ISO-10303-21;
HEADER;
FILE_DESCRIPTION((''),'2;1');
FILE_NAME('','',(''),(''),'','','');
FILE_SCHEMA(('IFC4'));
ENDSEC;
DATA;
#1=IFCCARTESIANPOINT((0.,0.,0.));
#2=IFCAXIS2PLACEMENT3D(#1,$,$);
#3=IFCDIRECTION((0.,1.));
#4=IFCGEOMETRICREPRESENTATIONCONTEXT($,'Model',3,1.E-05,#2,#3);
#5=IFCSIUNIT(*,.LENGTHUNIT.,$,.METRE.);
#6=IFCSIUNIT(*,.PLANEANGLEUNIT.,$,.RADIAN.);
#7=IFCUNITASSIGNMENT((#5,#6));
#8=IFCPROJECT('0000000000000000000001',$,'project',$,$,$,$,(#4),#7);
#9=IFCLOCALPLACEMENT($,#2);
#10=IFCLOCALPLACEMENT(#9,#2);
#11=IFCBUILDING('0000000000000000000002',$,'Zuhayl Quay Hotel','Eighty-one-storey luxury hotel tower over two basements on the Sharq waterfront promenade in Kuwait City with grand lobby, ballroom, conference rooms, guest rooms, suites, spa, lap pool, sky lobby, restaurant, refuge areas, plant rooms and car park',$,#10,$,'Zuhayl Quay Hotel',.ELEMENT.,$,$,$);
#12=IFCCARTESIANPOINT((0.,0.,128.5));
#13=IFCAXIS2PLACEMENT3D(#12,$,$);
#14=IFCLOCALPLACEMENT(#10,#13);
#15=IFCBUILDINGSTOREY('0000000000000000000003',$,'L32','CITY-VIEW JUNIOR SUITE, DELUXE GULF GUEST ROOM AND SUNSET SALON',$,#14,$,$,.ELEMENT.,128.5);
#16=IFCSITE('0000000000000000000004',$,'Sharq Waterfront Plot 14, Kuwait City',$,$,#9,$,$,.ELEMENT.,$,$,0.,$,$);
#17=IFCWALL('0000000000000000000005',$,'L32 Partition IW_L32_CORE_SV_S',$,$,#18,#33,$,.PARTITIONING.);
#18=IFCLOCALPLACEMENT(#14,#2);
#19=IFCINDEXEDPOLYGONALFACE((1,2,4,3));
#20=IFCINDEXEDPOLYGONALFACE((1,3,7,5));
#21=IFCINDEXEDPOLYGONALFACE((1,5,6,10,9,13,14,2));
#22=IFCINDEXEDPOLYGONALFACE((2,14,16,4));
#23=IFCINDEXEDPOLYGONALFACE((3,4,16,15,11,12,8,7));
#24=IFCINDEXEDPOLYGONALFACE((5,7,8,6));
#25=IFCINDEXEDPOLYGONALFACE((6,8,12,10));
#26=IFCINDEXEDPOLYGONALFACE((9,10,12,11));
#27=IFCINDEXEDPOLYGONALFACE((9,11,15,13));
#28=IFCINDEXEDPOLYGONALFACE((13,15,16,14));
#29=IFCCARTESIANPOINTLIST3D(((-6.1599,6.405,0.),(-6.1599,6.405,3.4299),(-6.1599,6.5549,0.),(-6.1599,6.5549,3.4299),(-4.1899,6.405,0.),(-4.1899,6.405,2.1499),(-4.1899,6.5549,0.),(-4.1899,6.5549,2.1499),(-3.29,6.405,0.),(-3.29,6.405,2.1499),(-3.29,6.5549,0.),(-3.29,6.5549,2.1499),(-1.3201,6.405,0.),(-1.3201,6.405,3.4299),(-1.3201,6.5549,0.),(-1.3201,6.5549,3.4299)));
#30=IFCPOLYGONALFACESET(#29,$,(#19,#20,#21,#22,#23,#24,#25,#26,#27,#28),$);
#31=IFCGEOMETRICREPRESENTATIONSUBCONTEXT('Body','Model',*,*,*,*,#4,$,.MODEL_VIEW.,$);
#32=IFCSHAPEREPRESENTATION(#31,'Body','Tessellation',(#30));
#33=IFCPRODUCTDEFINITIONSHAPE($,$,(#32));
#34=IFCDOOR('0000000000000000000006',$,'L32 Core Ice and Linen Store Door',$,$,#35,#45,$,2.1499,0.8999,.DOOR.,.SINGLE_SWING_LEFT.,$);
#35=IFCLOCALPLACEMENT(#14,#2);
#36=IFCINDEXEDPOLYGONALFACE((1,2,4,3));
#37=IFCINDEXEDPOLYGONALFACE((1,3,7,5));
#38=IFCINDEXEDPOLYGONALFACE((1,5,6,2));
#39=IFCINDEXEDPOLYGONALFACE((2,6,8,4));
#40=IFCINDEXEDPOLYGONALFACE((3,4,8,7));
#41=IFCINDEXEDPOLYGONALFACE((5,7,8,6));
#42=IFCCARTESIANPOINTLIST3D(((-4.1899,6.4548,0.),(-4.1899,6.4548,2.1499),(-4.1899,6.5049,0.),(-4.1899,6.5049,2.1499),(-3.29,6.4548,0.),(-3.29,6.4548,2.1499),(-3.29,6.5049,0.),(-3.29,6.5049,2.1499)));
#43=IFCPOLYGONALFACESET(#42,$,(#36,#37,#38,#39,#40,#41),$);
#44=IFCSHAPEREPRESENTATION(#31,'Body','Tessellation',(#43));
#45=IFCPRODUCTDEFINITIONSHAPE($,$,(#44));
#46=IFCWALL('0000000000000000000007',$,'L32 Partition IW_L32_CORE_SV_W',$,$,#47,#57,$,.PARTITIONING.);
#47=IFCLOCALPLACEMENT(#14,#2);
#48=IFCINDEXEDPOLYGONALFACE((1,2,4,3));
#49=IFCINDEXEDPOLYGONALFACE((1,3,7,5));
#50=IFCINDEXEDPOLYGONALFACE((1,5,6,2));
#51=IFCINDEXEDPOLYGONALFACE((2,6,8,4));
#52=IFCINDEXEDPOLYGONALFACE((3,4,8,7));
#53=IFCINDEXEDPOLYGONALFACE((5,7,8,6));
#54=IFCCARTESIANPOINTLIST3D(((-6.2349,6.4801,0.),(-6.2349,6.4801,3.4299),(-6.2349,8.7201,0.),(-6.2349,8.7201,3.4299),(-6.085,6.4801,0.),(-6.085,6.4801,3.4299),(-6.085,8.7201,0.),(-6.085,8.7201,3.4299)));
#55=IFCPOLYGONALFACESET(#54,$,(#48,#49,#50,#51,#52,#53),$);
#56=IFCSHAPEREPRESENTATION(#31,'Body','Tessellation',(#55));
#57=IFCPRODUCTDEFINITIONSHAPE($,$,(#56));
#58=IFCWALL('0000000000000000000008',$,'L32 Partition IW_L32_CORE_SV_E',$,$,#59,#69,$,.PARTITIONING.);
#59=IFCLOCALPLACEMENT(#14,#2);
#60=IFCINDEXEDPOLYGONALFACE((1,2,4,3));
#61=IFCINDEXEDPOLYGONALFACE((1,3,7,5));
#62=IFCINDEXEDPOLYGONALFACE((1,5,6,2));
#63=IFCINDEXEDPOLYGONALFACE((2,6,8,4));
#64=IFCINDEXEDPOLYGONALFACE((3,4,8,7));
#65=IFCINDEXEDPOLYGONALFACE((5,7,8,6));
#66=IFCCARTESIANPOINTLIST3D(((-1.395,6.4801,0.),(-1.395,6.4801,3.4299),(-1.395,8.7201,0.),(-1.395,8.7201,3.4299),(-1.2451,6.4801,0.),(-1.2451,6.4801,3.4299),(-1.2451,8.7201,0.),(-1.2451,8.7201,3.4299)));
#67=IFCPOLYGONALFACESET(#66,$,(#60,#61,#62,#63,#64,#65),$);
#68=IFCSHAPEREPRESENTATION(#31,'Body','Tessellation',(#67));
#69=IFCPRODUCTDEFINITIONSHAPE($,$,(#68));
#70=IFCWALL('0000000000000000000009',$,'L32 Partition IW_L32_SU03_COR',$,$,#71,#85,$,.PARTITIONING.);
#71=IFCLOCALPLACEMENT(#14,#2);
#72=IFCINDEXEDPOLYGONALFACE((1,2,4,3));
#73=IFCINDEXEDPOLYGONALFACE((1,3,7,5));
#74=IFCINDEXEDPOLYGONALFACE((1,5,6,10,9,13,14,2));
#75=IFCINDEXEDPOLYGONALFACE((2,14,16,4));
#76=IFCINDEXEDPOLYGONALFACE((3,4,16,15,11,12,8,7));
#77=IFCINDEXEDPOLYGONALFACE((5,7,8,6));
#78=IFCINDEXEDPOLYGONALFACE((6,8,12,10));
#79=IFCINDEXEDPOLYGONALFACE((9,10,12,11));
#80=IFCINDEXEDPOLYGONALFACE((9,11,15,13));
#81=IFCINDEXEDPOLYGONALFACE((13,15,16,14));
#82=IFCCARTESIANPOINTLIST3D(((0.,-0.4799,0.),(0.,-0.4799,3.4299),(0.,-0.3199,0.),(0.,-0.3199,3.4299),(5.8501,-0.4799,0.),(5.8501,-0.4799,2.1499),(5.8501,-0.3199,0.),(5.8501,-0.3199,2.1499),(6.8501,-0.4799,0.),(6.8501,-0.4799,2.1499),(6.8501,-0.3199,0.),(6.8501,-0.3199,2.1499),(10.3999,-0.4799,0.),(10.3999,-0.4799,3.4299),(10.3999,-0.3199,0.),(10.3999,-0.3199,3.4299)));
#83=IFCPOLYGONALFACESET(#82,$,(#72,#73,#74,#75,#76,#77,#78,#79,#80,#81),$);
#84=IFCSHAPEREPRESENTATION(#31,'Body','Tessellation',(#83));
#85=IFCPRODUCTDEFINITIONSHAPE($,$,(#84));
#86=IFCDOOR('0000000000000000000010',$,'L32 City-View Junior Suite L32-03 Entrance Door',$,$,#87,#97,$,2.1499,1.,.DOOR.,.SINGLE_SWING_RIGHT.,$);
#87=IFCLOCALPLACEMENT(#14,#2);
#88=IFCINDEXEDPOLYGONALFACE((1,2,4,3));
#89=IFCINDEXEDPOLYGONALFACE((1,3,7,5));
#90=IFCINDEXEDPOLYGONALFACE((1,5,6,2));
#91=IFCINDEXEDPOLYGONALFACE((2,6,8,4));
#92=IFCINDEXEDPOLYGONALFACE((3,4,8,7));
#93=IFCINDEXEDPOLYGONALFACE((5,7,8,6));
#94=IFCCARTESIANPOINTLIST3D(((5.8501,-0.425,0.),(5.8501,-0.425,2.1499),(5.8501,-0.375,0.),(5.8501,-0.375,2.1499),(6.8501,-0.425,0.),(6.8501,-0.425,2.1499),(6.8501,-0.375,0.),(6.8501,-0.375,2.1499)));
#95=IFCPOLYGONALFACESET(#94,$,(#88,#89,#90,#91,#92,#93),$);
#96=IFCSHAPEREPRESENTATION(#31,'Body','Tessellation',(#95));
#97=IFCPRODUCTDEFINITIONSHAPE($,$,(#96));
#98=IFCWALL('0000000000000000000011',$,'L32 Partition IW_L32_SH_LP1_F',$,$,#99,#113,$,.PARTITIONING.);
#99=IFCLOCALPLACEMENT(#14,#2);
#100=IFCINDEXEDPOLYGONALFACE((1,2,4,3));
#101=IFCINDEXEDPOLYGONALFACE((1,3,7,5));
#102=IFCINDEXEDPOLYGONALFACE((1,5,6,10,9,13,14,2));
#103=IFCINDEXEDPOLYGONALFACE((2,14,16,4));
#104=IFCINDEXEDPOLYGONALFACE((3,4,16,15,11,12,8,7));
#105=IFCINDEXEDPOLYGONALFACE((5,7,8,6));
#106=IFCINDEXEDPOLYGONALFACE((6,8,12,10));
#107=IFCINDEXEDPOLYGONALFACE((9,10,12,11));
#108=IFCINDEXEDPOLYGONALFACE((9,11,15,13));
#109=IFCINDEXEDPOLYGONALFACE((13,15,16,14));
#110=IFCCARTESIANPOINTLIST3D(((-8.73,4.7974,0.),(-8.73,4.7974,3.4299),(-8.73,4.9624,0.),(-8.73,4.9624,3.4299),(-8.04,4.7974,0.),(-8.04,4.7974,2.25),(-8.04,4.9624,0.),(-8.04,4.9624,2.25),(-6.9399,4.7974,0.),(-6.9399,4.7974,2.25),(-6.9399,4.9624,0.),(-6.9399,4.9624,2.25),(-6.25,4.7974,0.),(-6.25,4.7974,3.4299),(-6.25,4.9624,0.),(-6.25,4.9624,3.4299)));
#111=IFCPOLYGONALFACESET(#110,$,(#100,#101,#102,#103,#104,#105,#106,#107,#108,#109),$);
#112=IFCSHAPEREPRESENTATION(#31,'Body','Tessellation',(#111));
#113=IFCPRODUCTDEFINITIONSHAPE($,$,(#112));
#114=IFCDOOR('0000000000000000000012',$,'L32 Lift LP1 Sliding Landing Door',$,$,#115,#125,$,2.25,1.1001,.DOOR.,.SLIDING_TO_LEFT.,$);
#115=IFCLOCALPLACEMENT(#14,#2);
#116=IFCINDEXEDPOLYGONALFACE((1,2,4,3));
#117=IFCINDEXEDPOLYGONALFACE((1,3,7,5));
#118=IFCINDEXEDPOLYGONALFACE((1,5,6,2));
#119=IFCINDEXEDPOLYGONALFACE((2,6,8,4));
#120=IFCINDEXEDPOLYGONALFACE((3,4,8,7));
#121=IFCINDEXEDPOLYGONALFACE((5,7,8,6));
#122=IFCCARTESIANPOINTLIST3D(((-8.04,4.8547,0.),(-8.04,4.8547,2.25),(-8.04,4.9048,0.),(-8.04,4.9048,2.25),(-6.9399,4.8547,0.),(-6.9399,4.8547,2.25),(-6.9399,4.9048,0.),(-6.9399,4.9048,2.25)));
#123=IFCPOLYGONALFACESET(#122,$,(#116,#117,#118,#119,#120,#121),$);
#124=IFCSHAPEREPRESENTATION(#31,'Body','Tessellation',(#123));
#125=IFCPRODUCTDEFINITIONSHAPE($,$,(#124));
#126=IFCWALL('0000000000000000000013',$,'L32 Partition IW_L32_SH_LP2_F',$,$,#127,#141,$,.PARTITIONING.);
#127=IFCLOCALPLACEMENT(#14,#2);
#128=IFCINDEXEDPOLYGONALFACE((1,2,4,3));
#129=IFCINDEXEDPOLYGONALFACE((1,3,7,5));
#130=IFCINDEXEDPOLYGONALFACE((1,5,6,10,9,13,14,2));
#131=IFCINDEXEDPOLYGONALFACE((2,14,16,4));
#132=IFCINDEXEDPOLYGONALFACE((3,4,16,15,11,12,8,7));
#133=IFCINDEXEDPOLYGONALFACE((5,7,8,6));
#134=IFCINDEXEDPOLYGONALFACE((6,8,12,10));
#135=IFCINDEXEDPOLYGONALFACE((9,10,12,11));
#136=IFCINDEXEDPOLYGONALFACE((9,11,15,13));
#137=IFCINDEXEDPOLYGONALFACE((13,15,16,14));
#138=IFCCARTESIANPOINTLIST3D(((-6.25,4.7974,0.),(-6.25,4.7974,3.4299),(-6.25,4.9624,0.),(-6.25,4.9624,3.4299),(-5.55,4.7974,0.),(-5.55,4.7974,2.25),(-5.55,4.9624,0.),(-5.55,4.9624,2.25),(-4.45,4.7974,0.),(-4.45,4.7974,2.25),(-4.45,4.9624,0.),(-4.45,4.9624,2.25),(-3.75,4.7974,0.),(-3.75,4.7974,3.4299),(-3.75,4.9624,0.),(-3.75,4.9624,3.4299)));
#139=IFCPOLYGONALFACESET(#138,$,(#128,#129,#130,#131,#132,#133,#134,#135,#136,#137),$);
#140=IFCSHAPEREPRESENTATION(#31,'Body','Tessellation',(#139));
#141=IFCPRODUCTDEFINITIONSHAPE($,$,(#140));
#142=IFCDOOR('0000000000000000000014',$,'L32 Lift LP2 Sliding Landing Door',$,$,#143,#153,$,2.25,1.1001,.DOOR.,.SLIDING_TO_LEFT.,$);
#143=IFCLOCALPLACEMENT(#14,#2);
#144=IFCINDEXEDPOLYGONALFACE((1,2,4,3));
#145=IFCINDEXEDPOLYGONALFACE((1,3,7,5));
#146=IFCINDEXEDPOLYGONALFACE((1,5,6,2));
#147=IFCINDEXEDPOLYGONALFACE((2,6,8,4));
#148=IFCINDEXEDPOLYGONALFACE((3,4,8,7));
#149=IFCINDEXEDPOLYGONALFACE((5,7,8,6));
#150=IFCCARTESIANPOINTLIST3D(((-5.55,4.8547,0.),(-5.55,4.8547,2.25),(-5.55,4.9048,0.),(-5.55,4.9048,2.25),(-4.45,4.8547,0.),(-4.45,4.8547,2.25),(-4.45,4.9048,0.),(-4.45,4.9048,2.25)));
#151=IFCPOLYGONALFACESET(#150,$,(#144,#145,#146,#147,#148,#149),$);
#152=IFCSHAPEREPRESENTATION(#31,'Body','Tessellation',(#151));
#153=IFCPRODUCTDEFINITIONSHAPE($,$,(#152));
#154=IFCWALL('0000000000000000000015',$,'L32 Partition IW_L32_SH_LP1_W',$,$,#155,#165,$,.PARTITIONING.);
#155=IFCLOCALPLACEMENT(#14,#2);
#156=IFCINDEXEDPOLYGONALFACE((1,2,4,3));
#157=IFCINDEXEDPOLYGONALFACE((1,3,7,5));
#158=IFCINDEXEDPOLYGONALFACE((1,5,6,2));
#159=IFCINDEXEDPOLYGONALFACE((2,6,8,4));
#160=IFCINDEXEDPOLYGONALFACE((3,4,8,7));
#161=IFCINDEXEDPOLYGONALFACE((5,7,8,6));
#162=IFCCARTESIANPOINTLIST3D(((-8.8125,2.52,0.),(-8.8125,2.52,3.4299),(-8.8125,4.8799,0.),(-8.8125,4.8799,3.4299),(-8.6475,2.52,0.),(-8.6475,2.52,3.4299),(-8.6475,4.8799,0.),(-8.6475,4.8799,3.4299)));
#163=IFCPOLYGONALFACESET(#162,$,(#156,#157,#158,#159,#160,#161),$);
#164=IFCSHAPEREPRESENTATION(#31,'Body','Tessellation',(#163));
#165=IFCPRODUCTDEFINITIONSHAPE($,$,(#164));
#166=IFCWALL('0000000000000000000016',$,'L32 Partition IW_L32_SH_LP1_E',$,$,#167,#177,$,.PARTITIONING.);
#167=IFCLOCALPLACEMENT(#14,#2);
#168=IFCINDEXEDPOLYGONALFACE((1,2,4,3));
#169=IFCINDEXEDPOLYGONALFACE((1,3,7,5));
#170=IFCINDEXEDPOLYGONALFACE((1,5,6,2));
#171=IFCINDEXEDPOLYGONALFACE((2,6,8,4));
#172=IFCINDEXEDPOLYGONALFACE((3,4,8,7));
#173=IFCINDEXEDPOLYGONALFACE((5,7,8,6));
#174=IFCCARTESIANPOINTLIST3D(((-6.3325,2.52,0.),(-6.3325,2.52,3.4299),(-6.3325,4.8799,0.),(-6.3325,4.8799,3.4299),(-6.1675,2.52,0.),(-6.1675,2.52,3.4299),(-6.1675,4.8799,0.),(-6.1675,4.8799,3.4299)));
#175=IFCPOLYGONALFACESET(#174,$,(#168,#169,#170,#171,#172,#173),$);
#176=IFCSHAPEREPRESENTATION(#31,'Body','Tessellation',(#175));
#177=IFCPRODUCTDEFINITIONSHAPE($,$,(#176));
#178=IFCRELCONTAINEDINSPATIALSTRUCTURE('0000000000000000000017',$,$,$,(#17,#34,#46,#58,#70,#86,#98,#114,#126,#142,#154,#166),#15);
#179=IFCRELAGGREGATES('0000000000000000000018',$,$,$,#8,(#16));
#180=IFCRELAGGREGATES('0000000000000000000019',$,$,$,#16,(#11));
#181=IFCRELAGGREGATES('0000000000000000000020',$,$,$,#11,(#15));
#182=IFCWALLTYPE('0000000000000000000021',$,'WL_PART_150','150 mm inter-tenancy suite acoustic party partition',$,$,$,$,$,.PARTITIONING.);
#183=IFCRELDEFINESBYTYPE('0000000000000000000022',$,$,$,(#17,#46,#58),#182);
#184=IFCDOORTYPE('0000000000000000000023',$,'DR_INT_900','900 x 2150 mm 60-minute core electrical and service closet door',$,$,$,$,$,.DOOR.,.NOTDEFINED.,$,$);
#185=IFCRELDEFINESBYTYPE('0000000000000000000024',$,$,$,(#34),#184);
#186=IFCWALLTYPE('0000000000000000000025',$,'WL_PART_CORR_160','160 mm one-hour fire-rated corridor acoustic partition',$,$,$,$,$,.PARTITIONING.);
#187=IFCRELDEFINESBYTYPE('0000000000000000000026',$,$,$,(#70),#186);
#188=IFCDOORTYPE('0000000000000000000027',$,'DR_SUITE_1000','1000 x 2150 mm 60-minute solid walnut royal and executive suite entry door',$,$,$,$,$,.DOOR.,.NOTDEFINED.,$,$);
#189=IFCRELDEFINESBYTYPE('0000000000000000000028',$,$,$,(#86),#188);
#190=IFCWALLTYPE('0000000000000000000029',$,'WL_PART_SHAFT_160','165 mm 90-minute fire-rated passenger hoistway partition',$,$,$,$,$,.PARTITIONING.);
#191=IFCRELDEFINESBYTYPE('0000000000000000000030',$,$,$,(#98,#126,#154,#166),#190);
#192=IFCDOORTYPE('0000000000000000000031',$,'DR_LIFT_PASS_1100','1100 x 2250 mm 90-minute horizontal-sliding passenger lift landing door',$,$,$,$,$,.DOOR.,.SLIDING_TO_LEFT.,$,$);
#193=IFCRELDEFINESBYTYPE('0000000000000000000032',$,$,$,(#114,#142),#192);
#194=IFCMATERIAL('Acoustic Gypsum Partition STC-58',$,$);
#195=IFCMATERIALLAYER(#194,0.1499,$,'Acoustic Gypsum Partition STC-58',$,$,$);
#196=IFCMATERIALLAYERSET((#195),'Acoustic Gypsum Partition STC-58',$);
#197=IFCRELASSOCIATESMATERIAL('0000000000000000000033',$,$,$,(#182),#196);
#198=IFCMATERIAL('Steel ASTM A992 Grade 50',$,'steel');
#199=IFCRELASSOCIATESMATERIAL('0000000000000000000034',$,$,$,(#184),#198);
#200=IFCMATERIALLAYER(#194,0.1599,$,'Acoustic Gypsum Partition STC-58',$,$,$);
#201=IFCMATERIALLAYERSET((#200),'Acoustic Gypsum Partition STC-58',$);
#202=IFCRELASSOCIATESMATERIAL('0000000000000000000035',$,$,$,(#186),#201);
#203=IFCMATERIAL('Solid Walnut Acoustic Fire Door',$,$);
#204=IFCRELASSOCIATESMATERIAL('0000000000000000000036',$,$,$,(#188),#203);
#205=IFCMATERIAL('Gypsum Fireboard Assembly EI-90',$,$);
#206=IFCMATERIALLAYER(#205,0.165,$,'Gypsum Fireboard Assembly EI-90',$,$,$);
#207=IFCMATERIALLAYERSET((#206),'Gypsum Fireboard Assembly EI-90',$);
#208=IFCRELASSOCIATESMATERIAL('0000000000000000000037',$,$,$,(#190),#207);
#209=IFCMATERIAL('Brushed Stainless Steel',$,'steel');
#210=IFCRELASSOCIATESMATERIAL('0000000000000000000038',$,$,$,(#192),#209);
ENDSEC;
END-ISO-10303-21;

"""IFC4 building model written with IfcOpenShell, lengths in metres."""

from ifc_helpers import new_model, si_unit, direction, frame, frame_2d, origin, place, context, subcontext, project, spatial, rectangle, extrude, material, layer, layer_set, type_object, element, fill, save


model = new_model("IFC4")

# Units and contexts
model_context = context("Model", 3, precision=1e-05, world=origin(), true_north=direction((0.0, 1.0)))
body_context = subcontext(model_context, "Body", "Model", "MODEL_VIEW")
ifc_project = project(units=[si_unit("LENGTHUNIT", "METRE"), si_unit("PLANEANGLEUNIT", "RADIAN")], contexts=[model_context])

# Site, building, storey
site_placement = place(None, origin())
site = spatial("IfcSite", under=ifc_project, at=site_placement, Name="Sharq Waterfront Plot 14, Kuwait City", CompositionType="ELEMENT", RefElevation=0.0)
building_placement = place(site_placement, origin())
building = spatial("IfcBuilding", under=site, at=building_placement, Name="Zuhayl Quay Hotel", Description="Eighty-one-storey luxury hotel tower over two basements on the Sharq waterfront promenade in Kuwait City with grand lobby, ballroom, conference rooms, guest rooms, suites, spa, lap pool, sky lobby, restaurant, refuge areas, plant rooms and car park", LongName="Zuhayl Quay Hotel", CompositionType="ELEMENT")
storey_placement = place(building_placement, frame((0.0, 0.0, 128.5)))
storey = spatial("IfcBuildingStorey", under=building, at=storey_placement, Name="L32", Description="CITY-VIEW JUNIOR SUITE, DELUXE GULF GUEST ROOM AND SUNSET SALON", CompositionType="ELEMENT", Elevation=128.5)

# Shared definitions
ifc_material_1 = material(Name="Steel ASTM A992 Grade 50", Category="steel")

# Wall, opening, door
ifc_material_2 = material(Name="Acoustic Gypsum Partition STC-58")
ifc_layer_1 = layer(ifc_material_2, 0.1499, Name="Acoustic Gypsum Partition STC-58")
ifc_layer_set_1 = layer_set([ifc_layer_1], Name="Acoustic Gypsum Partition STC-58")
wall_type_1 = type_object("IfcWallType", Name="WL_PART_150", Description="150 mm inter-tenancy suite acoustic party partition", PredefinedType="PARTITIONING", material=ifc_layer_set_1)
wall_1_placement = place(storey_placement, frame((-6.1599, 6.48, 0.0), z_axis=(0.0, 0.0, 1.0), x_axis=(1.0, 0.0, 0.0)))
wall_1 = element("IfcWall", 1, at=wall_1_placement, inside=storey, type_object=wall_type_1, Name="L32 Partition IW_L32_CORE_SV_S", PredefinedType="PARTITIONING", context=body_context, shape_type="SweptSolid", body=[
    extrude(rectangle(XDim=4.8398, YDim=0.1499, at=frame_2d((2.4199, 0.0))), origin(), (0.0, 0.0, 1.0), 3.4299),
])
opening_1_placement = place(wall_1_placement, frame((1.97, 0.0, 0.0)))
opening_1 = element("IfcOpeningElement", 2, at=opening_1_placement, cuts=wall_1, PredefinedType="OPENING", context=body_context, shape_type="SweptSolid", body=[
    extrude(rectangle(XDim=0.8999, YDim=2.1499, at=frame_2d((0.45, 1.075))), frame((0.0, 0.085, 0.0), z_axis=(0.0, -1.0, 0.0), x_axis=(1.0, 0.0, 0.0)), (0.0, 0.0, 1.0), 0.1699),
])
door_type_1 = type_object("IfcDoorType", Name="DR_INT_900", Description="900 x 2150 mm 60-minute core electrical and service closet door", OperationType="NOTDEFINED", PredefinedType="DOOR", material=ifc_material_1)
door_1_placement = place(opening_1_placement, origin())
door_1 = element("IfcDoor", 3, at=door_1_placement, inside=storey, type_object=door_type_1, Name="L32 Core Ice and Linen Store Door", OperationType="SINGLE_SWING_LEFT", OverallHeight=2.1499, OverallWidth=0.8999, PredefinedType="DOOR", context=body_context, shape_type="SweptSolid", body=[
    extrude(rectangle(XDim=0.8999, YDim=2.1499, at=frame_2d((0.45, 1.075))), frame((0.0, 0.0249, 0.0), z_axis=(0.0, -1.0, 0.0), x_axis=(1.0, 0.0, 0.0)), (0.0, 0.0, 1.0), 0.05),
])
fill(opening_1, door_1)

# Walls
for number, where, z_axis, x_axis, name in (
    (4, (-6.1599, 6.48, 0.0), (0.0, 0.0, 1.0), (0.0, 1.0, 0.0), "L32 Partition IW_L32_CORE_SV_W"),
    (5, (-1.3201, 6.48, 0.0), (0.0, 0.0, 1.0), (0.0, 1.0, 0.0), "L32 Partition IW_L32_CORE_SV_E"),
):
    element("IfcWall", number, at=place(storey_placement, frame(where, z_axis=z_axis, x_axis=x_axis)), inside=storey, type_object=wall_type_1, Name=name, PredefinedType="PARTITIONING", context=body_context, shape_type="SweptSolid", body=[
        extrude(rectangle(XDim=2.24, YDim=0.1499, at=frame_2d((1.1201, 0.0))), origin(), (0.0, 0.0, 1.0), 3.4299),
    ])

# Walls, openings, doors
ifc_layer_2 = layer(ifc_material_2, 0.1599, Name="Acoustic Gypsum Partition STC-58")
ifc_layer_set_2 = layer_set([ifc_layer_2], Name="Acoustic Gypsum Partition STC-58")
wall_type_2 = type_object("IfcWallType", Name="WL_PART_CORR_160", Description="160 mm one-hour fire-rated corridor acoustic partition", PredefinedType="PARTITIONING", material=ifc_layer_set_2)
wall_2_placement = place(storey_placement, frame((0.0, -0.3999, 0.0), z_axis=(0.0, 0.0, 1.0), x_axis=(1.0, 0.0, 0.0)))
wall_2 = element("IfcWall", 6, at=wall_2_placement, inside=storey, type_object=wall_type_2, Name="L32 Partition IW_L32_SU03_COR", PredefinedType="PARTITIONING", context=body_context, shape_type="SweptSolid", body=[
    extrude(rectangle(XDim=10.3999, YDim=0.1599, at=frame_2d((5.2, 0.0))), origin(), (0.0, 0.0, 1.0), 3.4299),
])
opening_2_placement = place(wall_2_placement, frame((5.8501, 0.0, 0.0)))
opening_2 = element("IfcOpeningElement", 7, at=opening_2_placement, cuts=wall_2, PredefinedType="OPENING", context=body_context, shape_type="SweptSolid", body=[
    extrude(rectangle(XDim=1.0, YDim=2.1499, at=frame_2d((0.5, 1.075))), frame((0.0, 0.0898, 0.0), z_axis=(0.0, -1.0, 0.0), x_axis=(1.0, 0.0, 0.0)), (0.0, 0.0, 1.0), 0.1799),
])
ifc_material_3 = material(Name="Solid Walnut Acoustic Fire Door")
door_type_2 = type_object("IfcDoorType", Name="DR_SUITE_1000", Description="1000 x 2150 mm 60-minute solid walnut royal and executive suite entry door", OperationType="NOTDEFINED", PredefinedType="DOOR", material=ifc_material_3)
door_2_placement = place(opening_2_placement, origin())
door_2 = element("IfcDoor", 8, at=door_2_placement, inside=storey, type_object=door_type_2, Name="L32 City-View Junior Suite L32-03 Entrance Door", OperationType="SINGLE_SWING_RIGHT", OverallHeight=2.1499, OverallWidth=1.0, PredefinedType="DOOR", context=body_context, shape_type="SweptSolid", body=[
    extrude(rectangle(XDim=1.0, YDim=2.1499, at=frame_2d((0.5, 1.075))), frame((0.0, 0.0249, 0.0), z_axis=(0.0, -1.0, 0.0), x_axis=(1.0, 0.0, 0.0)), (0.0, 0.0, 1.0), 0.05),
])
fill(opening_2, door_2)
ifc_material_4 = material(Name="Gypsum Fireboard Assembly EI-90")
ifc_layer_3 = layer(ifc_material_4, 0.165, Name="Gypsum Fireboard Assembly EI-90")
ifc_layer_set_3 = layer_set([ifc_layer_3], Name="Gypsum Fireboard Assembly EI-90")
wall_type_3 = type_object("IfcWallType", Name="WL_PART_SHAFT_160", Description="165 mm 90-minute fire-rated passenger hoistway partition", PredefinedType="PARTITIONING", material=ifc_layer_set_3)
wall_3_placement = place(storey_placement, frame((-8.73, 4.8799, 0.0), z_axis=(0.0, 0.0, 1.0), x_axis=(1.0, 0.0, 0.0)))
wall_3 = element("IfcWall", 9, at=wall_3_placement, inside=storey, type_object=wall_type_3, Name="L32 Partition IW_L32_SH_LP1_F", PredefinedType="PARTITIONING", context=body_context, shape_type="SweptSolid", body=[
    extrude(rectangle(XDim=2.48, YDim=0.165, at=frame_2d((1.24, 0.0))), origin(), (0.0, 0.0, 1.0), 3.4299),
])
opening_3_placement = place(wall_3_placement, frame((0.6899, 0.0, 0.0)))
opening_3 = element("IfcOpeningElement", 10, at=opening_3_placement, cuts=wall_3, PredefinedType="OPENING", context=body_context, shape_type="SweptSolid", body=[
    extrude(rectangle(XDim=1.1001, YDim=2.25, at=frame_2d((0.55, 1.125))), frame((0.0, 0.0925, 0.0), z_axis=(0.0, -1.0, 0.0), x_axis=(1.0, 0.0, 0.0)), (0.0, 0.0, 1.0), 0.1851),
])
ifc_material_5 = material(Name="Brushed Stainless Steel", Category="steel")
door_type_3 = type_object("IfcDoorType", Name="DR_LIFT_PASS_1100", Description="1100 x 2250 mm 90-minute horizontal-sliding passenger lift landing door", OperationType="SLIDING_TO_LEFT", PredefinedType="DOOR", material=ifc_material_5)
door_3_placement = place(opening_3_placement, origin())
door_3 = element("IfcDoor", 11, at=door_3_placement, inside=storey, type_object=door_type_3, Name="L32 Lift LP1 Sliding Landing Door", OperationType="SLIDING_TO_LEFT", OverallHeight=2.25, OverallWidth=1.1001, PredefinedType="DOOR", context=body_context, shape_type="SweptSolid", body=[
    extrude(rectangle(XDim=1.1001, YDim=2.25, at=frame_2d((0.55, 1.125))), frame((0.0, 0.0249, 0.0), z_axis=(0.0, -1.0, 0.0), x_axis=(1.0, 0.0, 0.0)), (0.0, 0.0, 1.0), 0.05),
])
fill(opening_3, door_3)
wall_4_placement = place(storey_placement, frame((-6.25, 4.8799, 0.0), z_axis=(0.0, 0.0, 1.0), x_axis=(1.0, 0.0, 0.0)))
wall_4 = element("IfcWall", 12, at=wall_4_placement, inside=storey, type_object=wall_type_3, Name="L32 Partition IW_L32_SH_LP2_F", PredefinedType="PARTITIONING", context=body_context, shape_type="SweptSolid", body=[
    extrude(rectangle(XDim=2.5, YDim=0.165, at=frame_2d((1.25, 0.0))), origin(), (0.0, 0.0, 1.0), 3.4299),
])
opening_4_placement = place(wall_4_placement, frame((0.7, 0.0, 0.0)))
opening_4 = element("IfcOpeningElement", 13, at=opening_4_placement, cuts=wall_4, PredefinedType="OPENING", context=body_context, shape_type="SweptSolid", body=[
    extrude(rectangle(XDim=1.1001, YDim=2.25, at=frame_2d((0.55, 1.125))), frame((0.0, 0.0925, 0.0), z_axis=(0.0, -1.0, 0.0), x_axis=(1.0, 0.0, 0.0)), (0.0, 0.0, 1.0), 0.1851),
])
door_4_placement = place(opening_4_placement, origin())
door_4 = element("IfcDoor", 14, at=door_4_placement, inside=storey, type_object=door_type_3, Name="L32 Lift LP2 Sliding Landing Door", OperationType="SLIDING_TO_LEFT", OverallHeight=2.25, OverallWidth=1.1001, PredefinedType="DOOR", context=body_context, shape_type="SweptSolid", body=[
    extrude(rectangle(XDim=1.1001, YDim=2.25, at=frame_2d((0.55, 1.125))), frame((0.0, 0.0249, 0.0), z_axis=(0.0, -1.0, 0.0), x_axis=(1.0, 0.0, 0.0)), (0.0, 0.0, 1.0), 0.05),
])
fill(opening_4, door_4)

# Walls
for number, where, z_axis, x_axis, name in (
    (15, (-8.73, 2.52, 0.0), (0.0, 0.0, 1.0), (0.0, 1.0, 0.0), "L32 Partition IW_L32_SH_LP1_W"),
    (16, (-6.25, 2.52, 0.0), (0.0, 0.0, 1.0), (0.0, 1.0, 0.0), "L32 Partition IW_L32_SH_LP1_E"),
):
    element("IfcWall", number, at=place(storey_placement, frame(where, z_axis=z_axis, x_axis=x_axis)), inside=storey, type_object=wall_type_3, Name=name, PredefinedType="PARTITIONING", context=body_context, shape_type="SweptSolid", body=[
        extrude(rectangle(XDim=2.3599, YDim=0.165, at=frame_2d((1.1799, 0.0))), origin(), (0.0, 0.0, 1.0), 3.4299),
    ])

save(model, "model.ifc")
